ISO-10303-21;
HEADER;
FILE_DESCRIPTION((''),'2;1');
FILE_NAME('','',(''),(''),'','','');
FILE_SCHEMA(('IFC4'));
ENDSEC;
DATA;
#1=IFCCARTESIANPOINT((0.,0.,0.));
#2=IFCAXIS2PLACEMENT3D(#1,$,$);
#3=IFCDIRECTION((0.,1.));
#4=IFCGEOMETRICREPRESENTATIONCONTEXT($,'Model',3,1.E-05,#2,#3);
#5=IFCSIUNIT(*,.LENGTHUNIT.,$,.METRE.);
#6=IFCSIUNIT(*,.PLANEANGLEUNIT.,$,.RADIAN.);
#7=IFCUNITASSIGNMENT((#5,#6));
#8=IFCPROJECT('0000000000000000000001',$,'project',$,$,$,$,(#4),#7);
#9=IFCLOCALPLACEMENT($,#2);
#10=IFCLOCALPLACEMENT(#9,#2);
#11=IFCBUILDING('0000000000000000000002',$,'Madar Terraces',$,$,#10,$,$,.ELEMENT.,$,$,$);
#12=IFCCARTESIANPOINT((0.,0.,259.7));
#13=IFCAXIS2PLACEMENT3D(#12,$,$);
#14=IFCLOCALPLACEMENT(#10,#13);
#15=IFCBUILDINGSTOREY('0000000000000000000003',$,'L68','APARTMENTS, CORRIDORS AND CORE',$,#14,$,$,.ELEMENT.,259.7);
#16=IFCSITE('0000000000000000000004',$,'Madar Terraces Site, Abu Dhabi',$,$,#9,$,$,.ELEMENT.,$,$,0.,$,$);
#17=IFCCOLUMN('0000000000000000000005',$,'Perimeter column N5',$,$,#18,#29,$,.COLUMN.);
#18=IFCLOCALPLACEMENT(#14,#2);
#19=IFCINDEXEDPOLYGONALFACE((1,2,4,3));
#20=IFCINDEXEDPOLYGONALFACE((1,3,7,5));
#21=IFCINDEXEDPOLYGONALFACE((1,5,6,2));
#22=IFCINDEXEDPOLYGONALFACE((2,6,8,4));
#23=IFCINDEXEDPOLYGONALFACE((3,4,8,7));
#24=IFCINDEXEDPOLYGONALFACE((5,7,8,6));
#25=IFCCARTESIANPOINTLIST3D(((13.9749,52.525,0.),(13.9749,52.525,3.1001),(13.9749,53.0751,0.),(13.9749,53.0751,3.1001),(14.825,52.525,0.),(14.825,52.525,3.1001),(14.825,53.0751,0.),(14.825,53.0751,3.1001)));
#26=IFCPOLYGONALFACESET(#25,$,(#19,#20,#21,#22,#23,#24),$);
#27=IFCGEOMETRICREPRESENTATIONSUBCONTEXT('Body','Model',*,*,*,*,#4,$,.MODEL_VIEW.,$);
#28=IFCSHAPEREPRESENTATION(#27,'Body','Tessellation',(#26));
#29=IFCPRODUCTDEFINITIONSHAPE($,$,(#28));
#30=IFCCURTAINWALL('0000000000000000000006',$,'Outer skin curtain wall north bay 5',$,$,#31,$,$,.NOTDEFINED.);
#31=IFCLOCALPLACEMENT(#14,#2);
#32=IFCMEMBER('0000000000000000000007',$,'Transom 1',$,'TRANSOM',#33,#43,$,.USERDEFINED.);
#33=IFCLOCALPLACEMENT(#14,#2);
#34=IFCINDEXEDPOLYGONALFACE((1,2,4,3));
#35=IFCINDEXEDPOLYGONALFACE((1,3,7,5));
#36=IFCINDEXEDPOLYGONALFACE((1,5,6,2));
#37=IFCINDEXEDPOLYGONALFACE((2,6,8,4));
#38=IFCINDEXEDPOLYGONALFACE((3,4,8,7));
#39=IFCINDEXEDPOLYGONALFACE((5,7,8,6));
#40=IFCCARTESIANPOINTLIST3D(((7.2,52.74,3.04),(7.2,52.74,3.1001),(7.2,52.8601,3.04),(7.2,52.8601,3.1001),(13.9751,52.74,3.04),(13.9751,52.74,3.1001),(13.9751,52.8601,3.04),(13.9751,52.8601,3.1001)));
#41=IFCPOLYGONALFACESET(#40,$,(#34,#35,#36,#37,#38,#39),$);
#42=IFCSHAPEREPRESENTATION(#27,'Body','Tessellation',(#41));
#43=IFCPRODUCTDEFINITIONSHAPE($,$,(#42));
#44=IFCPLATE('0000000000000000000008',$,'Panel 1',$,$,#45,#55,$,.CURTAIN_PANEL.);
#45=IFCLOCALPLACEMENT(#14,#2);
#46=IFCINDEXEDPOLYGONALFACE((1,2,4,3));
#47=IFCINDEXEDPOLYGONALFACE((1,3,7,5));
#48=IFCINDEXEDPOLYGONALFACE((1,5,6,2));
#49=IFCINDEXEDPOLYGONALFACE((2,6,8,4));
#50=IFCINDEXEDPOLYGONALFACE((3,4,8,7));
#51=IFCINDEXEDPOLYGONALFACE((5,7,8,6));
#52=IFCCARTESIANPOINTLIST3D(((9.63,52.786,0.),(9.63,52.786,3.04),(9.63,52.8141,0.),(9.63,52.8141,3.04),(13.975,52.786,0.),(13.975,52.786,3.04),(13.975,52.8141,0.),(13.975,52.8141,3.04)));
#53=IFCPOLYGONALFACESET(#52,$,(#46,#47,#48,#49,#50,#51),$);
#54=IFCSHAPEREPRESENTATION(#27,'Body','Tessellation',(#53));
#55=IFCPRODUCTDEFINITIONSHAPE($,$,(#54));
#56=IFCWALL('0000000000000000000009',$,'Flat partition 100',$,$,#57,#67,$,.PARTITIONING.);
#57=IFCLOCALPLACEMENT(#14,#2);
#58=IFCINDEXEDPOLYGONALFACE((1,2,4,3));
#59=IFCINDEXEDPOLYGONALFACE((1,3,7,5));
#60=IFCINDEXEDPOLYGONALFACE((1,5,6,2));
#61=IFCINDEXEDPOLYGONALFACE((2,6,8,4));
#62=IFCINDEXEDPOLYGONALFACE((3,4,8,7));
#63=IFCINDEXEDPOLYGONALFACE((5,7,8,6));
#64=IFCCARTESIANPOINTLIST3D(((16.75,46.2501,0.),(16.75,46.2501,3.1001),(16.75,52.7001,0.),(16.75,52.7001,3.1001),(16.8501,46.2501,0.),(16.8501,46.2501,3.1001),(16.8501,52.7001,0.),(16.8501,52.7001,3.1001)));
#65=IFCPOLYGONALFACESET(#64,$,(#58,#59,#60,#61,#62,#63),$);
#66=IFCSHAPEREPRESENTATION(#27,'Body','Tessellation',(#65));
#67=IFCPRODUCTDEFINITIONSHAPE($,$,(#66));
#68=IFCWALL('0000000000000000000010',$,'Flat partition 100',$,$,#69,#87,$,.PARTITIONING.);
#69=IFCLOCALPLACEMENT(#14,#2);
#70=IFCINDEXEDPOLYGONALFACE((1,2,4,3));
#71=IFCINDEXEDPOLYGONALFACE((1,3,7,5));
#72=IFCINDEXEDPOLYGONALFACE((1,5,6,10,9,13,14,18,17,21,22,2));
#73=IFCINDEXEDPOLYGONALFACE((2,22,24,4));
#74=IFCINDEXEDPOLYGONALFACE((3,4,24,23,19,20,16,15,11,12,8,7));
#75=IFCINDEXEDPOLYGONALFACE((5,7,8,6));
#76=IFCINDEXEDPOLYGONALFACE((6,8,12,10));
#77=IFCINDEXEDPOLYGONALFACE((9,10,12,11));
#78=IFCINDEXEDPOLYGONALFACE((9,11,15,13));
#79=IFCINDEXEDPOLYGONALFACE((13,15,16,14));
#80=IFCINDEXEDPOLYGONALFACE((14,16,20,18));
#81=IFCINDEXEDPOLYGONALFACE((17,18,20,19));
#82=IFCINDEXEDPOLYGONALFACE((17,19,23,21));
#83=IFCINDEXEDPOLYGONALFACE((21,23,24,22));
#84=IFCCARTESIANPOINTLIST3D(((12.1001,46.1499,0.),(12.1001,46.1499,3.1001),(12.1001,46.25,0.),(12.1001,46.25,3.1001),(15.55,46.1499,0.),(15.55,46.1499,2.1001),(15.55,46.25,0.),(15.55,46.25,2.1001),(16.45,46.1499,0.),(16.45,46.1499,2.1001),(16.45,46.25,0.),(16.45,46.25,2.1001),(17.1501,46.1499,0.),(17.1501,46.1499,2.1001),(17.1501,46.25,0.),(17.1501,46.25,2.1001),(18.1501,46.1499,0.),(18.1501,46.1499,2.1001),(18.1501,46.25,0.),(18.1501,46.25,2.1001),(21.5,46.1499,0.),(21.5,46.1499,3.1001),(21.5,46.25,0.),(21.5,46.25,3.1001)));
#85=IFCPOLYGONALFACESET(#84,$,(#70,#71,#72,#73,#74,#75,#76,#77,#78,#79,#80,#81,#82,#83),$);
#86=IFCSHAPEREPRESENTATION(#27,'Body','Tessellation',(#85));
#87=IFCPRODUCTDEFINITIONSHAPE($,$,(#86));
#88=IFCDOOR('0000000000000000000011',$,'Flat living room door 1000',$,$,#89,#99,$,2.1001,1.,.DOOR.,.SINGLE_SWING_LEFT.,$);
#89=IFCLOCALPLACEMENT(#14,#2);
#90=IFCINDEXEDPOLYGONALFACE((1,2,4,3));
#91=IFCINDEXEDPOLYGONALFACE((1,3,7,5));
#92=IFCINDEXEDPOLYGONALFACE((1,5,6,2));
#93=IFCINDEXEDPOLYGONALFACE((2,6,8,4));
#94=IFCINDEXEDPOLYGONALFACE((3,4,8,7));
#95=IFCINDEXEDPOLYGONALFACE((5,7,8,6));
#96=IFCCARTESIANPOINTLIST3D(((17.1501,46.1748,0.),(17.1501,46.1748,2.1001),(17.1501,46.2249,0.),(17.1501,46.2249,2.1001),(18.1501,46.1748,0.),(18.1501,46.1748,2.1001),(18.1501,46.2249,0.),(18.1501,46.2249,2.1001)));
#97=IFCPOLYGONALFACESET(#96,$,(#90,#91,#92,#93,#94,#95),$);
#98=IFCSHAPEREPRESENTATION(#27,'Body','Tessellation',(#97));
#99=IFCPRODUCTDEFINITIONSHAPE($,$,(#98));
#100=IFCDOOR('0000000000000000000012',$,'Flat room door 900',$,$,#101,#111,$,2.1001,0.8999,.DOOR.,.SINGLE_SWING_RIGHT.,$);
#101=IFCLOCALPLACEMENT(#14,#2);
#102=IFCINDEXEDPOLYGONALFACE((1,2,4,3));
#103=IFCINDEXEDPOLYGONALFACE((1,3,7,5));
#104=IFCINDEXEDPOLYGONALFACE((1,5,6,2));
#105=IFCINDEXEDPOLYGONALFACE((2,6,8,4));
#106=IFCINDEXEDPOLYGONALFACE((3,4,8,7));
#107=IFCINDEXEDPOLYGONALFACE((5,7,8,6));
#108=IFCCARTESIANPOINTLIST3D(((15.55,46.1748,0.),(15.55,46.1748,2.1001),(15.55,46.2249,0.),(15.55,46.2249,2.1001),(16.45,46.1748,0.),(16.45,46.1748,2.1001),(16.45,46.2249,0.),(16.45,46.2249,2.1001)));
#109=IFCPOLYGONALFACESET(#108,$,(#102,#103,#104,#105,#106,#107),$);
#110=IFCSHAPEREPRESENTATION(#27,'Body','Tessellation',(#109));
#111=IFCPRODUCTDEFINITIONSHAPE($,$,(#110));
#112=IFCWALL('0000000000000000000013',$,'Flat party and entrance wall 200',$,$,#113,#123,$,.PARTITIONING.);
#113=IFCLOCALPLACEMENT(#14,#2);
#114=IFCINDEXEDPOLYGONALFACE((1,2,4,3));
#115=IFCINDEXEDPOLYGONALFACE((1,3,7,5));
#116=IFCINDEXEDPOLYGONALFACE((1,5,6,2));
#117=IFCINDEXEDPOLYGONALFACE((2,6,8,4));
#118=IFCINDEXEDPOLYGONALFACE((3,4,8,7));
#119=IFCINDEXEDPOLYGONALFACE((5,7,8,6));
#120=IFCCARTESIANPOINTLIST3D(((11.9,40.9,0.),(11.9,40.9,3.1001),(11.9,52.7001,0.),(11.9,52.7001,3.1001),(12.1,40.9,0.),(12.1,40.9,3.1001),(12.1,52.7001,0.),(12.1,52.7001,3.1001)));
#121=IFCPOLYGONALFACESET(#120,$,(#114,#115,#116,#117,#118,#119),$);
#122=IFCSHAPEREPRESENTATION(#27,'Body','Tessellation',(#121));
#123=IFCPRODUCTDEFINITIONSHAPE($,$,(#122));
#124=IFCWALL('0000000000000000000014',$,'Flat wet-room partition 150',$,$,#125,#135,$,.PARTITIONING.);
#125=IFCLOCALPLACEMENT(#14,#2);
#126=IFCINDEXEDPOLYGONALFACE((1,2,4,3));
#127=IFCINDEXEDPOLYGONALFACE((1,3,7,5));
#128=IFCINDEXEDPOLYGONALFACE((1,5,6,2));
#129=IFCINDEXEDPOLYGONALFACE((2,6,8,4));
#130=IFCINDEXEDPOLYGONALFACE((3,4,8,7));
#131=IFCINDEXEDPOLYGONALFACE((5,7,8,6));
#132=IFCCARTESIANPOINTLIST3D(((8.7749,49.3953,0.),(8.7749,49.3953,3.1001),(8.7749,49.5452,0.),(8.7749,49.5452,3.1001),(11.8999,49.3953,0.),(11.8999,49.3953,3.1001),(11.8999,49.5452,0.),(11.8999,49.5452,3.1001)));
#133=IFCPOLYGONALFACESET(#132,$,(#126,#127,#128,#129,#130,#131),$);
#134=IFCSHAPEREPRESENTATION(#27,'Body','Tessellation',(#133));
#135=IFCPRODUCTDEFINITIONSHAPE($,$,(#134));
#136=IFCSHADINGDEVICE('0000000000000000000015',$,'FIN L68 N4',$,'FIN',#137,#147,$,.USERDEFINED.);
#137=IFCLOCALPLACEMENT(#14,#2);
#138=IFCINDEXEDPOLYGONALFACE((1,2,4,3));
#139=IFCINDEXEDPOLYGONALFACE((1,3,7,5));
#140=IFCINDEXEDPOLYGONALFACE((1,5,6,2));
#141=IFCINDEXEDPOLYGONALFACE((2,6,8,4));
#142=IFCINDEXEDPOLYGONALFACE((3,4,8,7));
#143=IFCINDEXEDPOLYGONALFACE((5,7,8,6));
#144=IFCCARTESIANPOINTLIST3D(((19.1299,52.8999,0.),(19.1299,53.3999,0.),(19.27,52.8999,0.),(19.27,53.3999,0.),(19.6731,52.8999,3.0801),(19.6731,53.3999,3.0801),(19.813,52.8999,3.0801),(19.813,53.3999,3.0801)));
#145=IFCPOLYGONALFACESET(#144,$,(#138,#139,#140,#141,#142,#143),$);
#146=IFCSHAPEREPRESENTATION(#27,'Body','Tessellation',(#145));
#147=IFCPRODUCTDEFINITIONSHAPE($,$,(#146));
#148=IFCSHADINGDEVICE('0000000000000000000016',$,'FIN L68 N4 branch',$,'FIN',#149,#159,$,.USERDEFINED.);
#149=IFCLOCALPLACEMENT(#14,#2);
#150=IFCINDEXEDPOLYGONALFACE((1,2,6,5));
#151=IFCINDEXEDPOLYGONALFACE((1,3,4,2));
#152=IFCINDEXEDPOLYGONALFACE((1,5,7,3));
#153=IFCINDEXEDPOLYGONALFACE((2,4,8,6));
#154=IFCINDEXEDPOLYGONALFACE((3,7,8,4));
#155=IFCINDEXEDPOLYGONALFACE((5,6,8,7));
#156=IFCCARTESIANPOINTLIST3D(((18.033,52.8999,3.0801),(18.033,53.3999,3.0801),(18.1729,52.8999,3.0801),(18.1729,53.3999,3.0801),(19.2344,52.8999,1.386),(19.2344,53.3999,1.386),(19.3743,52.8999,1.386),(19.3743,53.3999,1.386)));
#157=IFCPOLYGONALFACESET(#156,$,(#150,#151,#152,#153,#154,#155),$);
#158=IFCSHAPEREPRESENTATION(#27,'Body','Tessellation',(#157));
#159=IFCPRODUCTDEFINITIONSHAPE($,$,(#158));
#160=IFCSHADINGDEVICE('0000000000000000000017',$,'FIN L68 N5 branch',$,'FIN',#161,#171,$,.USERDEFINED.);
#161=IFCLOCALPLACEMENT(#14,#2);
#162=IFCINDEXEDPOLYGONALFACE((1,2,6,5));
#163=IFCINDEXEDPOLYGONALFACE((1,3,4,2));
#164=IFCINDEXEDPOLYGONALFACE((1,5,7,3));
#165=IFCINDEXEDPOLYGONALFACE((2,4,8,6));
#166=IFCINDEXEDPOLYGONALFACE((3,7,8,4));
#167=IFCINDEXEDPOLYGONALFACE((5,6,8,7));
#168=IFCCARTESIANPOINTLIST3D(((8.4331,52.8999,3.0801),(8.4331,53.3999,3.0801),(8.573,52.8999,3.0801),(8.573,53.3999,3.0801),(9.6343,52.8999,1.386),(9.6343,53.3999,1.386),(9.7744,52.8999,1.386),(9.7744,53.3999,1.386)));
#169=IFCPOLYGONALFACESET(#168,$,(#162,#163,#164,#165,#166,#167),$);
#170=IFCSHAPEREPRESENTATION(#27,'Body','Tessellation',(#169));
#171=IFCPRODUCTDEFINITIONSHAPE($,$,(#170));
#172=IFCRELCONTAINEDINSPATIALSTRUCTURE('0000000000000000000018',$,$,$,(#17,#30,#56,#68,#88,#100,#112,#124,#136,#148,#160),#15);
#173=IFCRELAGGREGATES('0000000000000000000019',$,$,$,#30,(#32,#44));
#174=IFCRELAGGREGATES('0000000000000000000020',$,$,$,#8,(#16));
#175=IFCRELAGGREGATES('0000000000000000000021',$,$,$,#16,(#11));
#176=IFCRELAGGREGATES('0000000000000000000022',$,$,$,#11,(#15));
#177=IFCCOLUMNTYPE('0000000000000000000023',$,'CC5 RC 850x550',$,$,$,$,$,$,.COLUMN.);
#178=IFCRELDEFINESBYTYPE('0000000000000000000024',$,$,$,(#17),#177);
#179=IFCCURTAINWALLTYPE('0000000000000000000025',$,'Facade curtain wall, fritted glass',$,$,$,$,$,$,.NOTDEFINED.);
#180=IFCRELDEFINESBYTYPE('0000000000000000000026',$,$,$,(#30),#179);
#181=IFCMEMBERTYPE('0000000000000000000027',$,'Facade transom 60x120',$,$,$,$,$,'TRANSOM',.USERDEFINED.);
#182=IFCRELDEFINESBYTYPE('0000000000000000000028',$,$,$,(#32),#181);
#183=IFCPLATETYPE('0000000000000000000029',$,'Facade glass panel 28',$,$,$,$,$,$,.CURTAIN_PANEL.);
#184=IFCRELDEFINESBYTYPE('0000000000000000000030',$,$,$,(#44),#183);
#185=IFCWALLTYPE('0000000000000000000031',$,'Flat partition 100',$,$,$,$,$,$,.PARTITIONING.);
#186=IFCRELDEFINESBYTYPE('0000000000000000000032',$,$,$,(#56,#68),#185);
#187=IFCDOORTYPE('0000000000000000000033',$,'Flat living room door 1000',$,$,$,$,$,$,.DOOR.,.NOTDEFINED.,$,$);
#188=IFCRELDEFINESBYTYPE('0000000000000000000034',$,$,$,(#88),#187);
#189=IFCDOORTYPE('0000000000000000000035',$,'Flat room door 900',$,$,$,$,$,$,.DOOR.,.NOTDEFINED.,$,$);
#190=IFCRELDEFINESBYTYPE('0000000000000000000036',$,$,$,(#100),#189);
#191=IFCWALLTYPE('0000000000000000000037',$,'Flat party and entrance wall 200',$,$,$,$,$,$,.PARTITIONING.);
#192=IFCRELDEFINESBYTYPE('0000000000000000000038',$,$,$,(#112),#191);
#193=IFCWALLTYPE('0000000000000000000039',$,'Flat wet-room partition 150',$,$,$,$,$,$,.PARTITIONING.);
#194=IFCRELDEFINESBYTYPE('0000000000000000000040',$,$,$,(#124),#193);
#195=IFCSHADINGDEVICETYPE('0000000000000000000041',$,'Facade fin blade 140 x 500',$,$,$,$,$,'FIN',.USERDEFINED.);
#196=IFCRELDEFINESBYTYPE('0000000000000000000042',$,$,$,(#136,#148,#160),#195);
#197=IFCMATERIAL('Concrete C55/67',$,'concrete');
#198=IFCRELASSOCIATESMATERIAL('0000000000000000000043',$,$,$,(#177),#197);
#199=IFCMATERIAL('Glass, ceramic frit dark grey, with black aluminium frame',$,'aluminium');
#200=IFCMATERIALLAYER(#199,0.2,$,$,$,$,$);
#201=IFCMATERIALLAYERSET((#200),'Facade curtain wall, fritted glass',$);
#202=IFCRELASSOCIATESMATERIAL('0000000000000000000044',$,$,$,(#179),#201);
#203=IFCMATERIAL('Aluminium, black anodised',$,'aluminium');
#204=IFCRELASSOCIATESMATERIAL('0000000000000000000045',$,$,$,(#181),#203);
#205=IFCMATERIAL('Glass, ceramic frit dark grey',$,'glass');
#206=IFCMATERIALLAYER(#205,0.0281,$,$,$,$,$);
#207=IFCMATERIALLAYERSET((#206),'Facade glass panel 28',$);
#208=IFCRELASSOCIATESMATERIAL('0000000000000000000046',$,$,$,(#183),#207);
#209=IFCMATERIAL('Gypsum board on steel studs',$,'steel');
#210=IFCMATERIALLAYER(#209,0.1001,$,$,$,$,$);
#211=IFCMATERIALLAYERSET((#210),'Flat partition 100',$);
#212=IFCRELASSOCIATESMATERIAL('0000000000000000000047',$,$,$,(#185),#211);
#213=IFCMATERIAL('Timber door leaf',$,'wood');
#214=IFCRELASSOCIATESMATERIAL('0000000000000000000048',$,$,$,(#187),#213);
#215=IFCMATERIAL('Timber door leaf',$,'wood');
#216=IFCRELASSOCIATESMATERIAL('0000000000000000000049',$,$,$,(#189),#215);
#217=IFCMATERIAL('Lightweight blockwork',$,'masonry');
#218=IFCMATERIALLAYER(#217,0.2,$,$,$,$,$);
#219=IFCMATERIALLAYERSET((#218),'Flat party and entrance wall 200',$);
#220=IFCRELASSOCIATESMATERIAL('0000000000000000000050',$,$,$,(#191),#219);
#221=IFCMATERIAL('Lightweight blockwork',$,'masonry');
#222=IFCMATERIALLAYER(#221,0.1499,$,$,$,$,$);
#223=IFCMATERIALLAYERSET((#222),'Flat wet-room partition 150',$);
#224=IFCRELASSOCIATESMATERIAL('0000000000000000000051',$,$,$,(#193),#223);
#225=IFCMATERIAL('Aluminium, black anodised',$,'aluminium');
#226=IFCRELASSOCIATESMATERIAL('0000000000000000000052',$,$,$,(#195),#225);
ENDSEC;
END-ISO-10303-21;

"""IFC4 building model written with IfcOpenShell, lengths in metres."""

from ifc_helpers import new_model, si_unit, direction, frame, frame_2d, origin, origin_2d, place, context, subcontext, project, spatial, polyline, rectangle, outline, extrude, material, layer, layer_set, material_profile, profile_set, type_object, element, fill, aggregate, save


model = new_model("IFC4")

# Units and contexts
model_context = context("Model", 3, precision=1e-05, world=origin(), true_north=direction((0.0, 1.0)))
body_context = subcontext(model_context, "Body", "Model", "MODEL_VIEW")
ifc_project = project(units=[si_unit("LENGTHUNIT", "METRE"), si_unit("PLANEANGLEUNIT", "RADIAN")], contexts=[model_context])

# Site, building, storey
site_placement = place(None, origin())
site = spatial("IfcSite", under=ifc_project, at=site_placement, Name="Madar Terraces Site, Abu Dhabi", CompositionType="ELEMENT", RefElevation=0.0)
building_placement = place(site_placement, origin())
building = spatial("IfcBuilding", under=site, at=building_placement, Name="Madar Terraces", CompositionType="ELEMENT")
storey_placement = place(building_placement, frame((0.0, 0.0, 259.7)))
storey = spatial("IfcBuildingStorey", under=building, at=storey_placement, Name="L68", Description="APARTMENTS, CORRIDORS AND CORE", CompositionType="ELEMENT", Elevation=259.7)

# Column
ifc_material_1 = material(Name="Concrete C55/67", Category="concrete")
ifc_material_profile_1 = material_profile(ifc_material_1, rectangle(XDim=0.8501, YDim=0.55, at=origin_2d()), Name="CC5 RC 850x550")
ifc_profile_set_1 = profile_set([ifc_material_profile_1], Name="Concrete C55/67")
column_type = type_object("IfcColumnType", Name="CC5 RC 850x550", PredefinedType="COLUMN", material=ifc_profile_set_1)
column_placement = place(storey_placement, frame((14.3999, 52.8, 0.0), z_axis=(0.0, 0.0, 1.0), x_axis=(1.0, 0.0, 0.0)))
element("IfcColumn", 1, at=column_placement, inside=storey, type_object=column_type, Name="Perimeter column N5", PredefinedType="COLUMN", context=body_context, shape_type="SweptSolid", body=[
    extrude(rectangle(XDim=0.8501, YDim=0.55, at=origin_2d()), origin(), (0.0, 0.0, 1.0), 3.1001),
])

# Curtain wall, member, plate
ifc_material_2 = material(Name="Glass, ceramic frit dark grey, with black aluminium frame", Category="aluminium")
ifc_layer_1 = layer(ifc_material_2, 0.2)
ifc_layer_set_1 = layer_set([ifc_layer_1], Name="Facade curtain wall, fritted glass")
curtain_wall_type = type_object("IfcCurtainWallType", Name="Facade curtain wall, fritted glass", PredefinedType="NOTDEFINED", material=ifc_layer_set_1)
curtain_wall_placement = place(storey_placement, origin())
curtain_wall = element("IfcCurtainWall", 2, at=curtain_wall_placement, inside=storey, type_object=curtain_wall_type, Name="Outer skin curtain wall north bay 5", PredefinedType="NOTDEFINED")
ifc_material_3 = material(Name="Aluminium, black anodised", Category="aluminium")
ifc_material_profile_2 = material_profile(ifc_material_3, rectangle(XDim=0.1201, YDim=0.0601, at=origin_2d()), Name="Facade transom 60x120")
ifc_profile_set_2 = profile_set([ifc_material_profile_2], Name="Aluminium, black anodised")
member_type = type_object("IfcMemberType", Name="Facade transom 60x120", ElementType="TRANSOM", PredefinedType="USERDEFINED", material=ifc_profile_set_2)
member_placement = place(storey_placement, frame((13.9751, 52.8, 3.0701), z_axis=(-1.0, 0.0, 0.0), x_axis=(0.0, -1.0, 0.0)))
member = element("IfcMember", 3, at=member_placement, type_object=member_type, Name="Transom 1", ObjectType="TRANSOM", PredefinedType="USERDEFINED", context=body_context, shape_type="SweptSolid", body=[
    extrude(rectangle(XDim=0.1201, YDim=0.0601, at=origin_2d()), origin(), (0.0, 0.0, 1.0), 6.7751),
])
ifc_material_4 = material(Name="Glass, ceramic frit dark grey", Category="glass")
ifc_layer_2 = layer(ifc_material_4, 0.0281)
ifc_layer_set_2 = layer_set([ifc_layer_2], Name="Facade glass panel 28")
plate_type = type_object("IfcPlateType", Name="Facade glass panel 28", PredefinedType="CURTAIN_PANEL", material=ifc_layer_set_2)
plate_placement = place(storey_placement, frame((11.8025, 52.8, 0.0), z_axis=(0.0, 0.0, 1.0), x_axis=(-1.0, 0.0, 0.0)))
plate = element("IfcPlate", 4, at=plate_placement, type_object=plate_type, Name="Panel 1", PredefinedType="CURTAIN_PANEL", context=body_context, shape_type="SweptSolid", body=[
    extrude(rectangle(XDim=4.345, YDim=0.0281, at=origin_2d()), origin(), (0.0, 0.0, 1.0), 3.04),
])
aggregate(curtain_wall, [member, plate])

# Wall
ifc_material_5 = material(Name="Gypsum board on steel studs", Category="steel")
ifc_layer_3 = layer(ifc_material_5, 0.1001)
ifc_layer_set_3 = layer_set([ifc_layer_3], Name="Flat partition 100")
wall_type_1 = type_object("IfcWallType", Name="Flat partition 100", PredefinedType="PARTITIONING", material=ifc_layer_set_3)
wall_1_placement = place(storey_placement, frame((16.8, 46.25, 0.0), z_axis=(0.0, 0.0, 1.0), x_axis=(0.0, 1.0, 0.0)))
element("IfcWall", 5, at=wall_1_placement, inside=storey, type_object=wall_type_1, Name="Flat partition 100", PredefinedType="PARTITIONING", context=body_context, shape_type="SweptSolid", body=[
    extrude(rectangle(XDim=6.45, YDim=0.1001, at=frame_2d((3.2251, 0.0))), origin(), (0.0, 0.0, 1.0), 3.1001),
])

# Wall, openings, doors
wall_2_placement = place(storey_placement, frame((12.1001, 46.2, 0.0), z_axis=(0.0, 0.0, 1.0), x_axis=(1.0, 0.0, 0.0)))
wall_2 = element("IfcWall", 6, at=wall_2_placement, inside=storey, type_object=wall_type_1, Name="Flat partition 100", PredefinedType="PARTITIONING", context=body_context, shape_type="SweptSolid", body=[
    extrude(rectangle(XDim=9.3999, YDim=0.1001, at=frame_2d((4.7, 0.0))), origin(), (0.0, 0.0, 1.0), 3.1001),
])
opening_1_placement = place(wall_2_placement, frame((5.05, 0.0, 0.0)))
opening_1 = element("IfcOpeningElement", 7, at=opening_1_placement, cuts=wall_2, PredefinedType="OPENING", context=body_context, shape_type="SweptSolid", body=[
    extrude(rectangle(XDim=1.0, YDim=2.1001, at=frame_2d((0.5, 1.05))), frame((0.0, 0.0601, 0.0), z_axis=(0.0, -1.0, 0.0), x_axis=(1.0, 0.0, 0.0)), (0.0, 0.0, 1.0), 0.1201),
])
opening_2_placement = place(wall_2_placement, frame((3.45, 0.0, 0.0)))
opening_2 = element("IfcOpeningElement", 8, at=opening_2_placement, cuts=wall_2, PredefinedType="OPENING", context=body_context, shape_type="SweptSolid", body=[
    extrude(rectangle(XDim=0.8999, YDim=2.1001, at=frame_2d((0.45, 1.05))), frame((0.0, 0.0601, 0.0), z_axis=(0.0, -1.0, 0.0), x_axis=(1.0, 0.0, 0.0)), (0.0, 0.0, 1.0), 0.1201),
])
ifc_material_6 = material(Name="Timber door leaf", Category="wood")
door_type_1 = type_object("IfcDoorType", Name="Flat living room door 1000", OperationType="NOTDEFINED", PredefinedType="DOOR", material=ifc_material_6)
door_1_placement = place(opening_1_placement, origin())
door_1 = element("IfcDoor", 9, at=door_1_placement, inside=storey, type_object=door_type_1, Name="Flat living room door 1000", OperationType="SINGLE_SWING_LEFT", OverallHeight=2.1001, OverallWidth=1.0, PredefinedType="DOOR", context=body_context, shape_type="SweptSolid", body=[
    extrude(rectangle(XDim=1.0, YDim=2.1001, at=frame_2d((0.5, 1.05))), frame((0.0, 0.0249, 0.0), z_axis=(0.0, -1.0, 0.0), x_axis=(1.0, 0.0, 0.0)), (0.0, 0.0, 1.0), 0.05),
])
fill(opening_1, door_1)
ifc_material_7 = material(Name="Timber door leaf", Category="wood")
door_type_2 = type_object("IfcDoorType", Name="Flat room door 900", OperationType="NOTDEFINED", PredefinedType="DOOR", material=ifc_material_7)
door_2_placement = place(opening_2_placement, origin())
door_2 = element("IfcDoor", 10, at=door_2_placement, inside=storey, type_object=door_type_2, Name="Flat room door 900", OperationType="SINGLE_SWING_RIGHT", OverallHeight=2.1001, OverallWidth=0.8999, PredefinedType="DOOR", context=body_context, shape_type="SweptSolid", body=[
    extrude(rectangle(XDim=0.8999, YDim=2.1001, at=frame_2d((0.45, 1.05))), frame((0.0, 0.0249, 0.0), z_axis=(0.0, -1.0, 0.0), x_axis=(1.0, 0.0, 0.0)), (0.0, 0.0, 1.0), 0.05),
])
fill(opening_2, door_2)

# Walls
ifc_material_8 = material(Name="Lightweight blockwork", Category="masonry")
ifc_layer_4 = layer(ifc_material_8, 0.2)
ifc_layer_set_4 = layer_set([ifc_layer_4], Name="Flat party and entrance wall 200")
wall_type_2 = type_object("IfcWallType", Name="Flat party and entrance wall 200", PredefinedType="PARTITIONING", material=ifc_layer_set_4)
wall_3_placement = place(storey_placement, frame((12.0, 52.7, 0.0), z_axis=(0.0, 0.0, 1.0), x_axis=(0.0, -1.0, 0.0)))
element("IfcWall", 11, at=wall_3_placement, inside=storey, type_object=wall_type_2, Name="Flat party and entrance wall 200", PredefinedType="PARTITIONING", context=body_context, shape_type="SweptSolid", body=[
    extrude(rectangle(XDim=11.8, YDim=0.2, at=frame_2d((5.8999, 0.0))), origin(), (0.0, 0.0, 1.0), 3.1001),
])
ifc_material_9 = material(Name="Lightweight blockwork", Category="masonry")
ifc_layer_5 = layer(ifc_material_9, 0.1499)
ifc_layer_set_5 = layer_set([ifc_layer_5], Name="Flat wet-room partition 150")
wall_type_3 = type_object("IfcWallType", Name="Flat wet-room partition 150", PredefinedType="PARTITIONING", material=ifc_layer_set_5)
wall_4_placement = place(storey_placement, frame((11.8999, 49.4702, 0.0), z_axis=(0.0, 0.0, 1.0), x_axis=(-1.0, 0.0, 0.0)))
element("IfcWall", 12, at=wall_4_placement, inside=storey, type_object=wall_type_3, Name="Flat wet-room partition 150", PredefinedType="PARTITIONING", context=body_context, shape_type="SweptSolid", body=[
    extrude(rectangle(XDim=3.125, YDim=0.1499, at=frame_2d((1.5625, 0.0))), origin(), (0.0, 0.0, 1.0), 3.1001),
])

# Shading devices
ifc_material_10 = material(Name="Aluminium, black anodised", Category="aluminium")
shading_device_type = type_object("IfcShadingDeviceType", Name="Facade fin blade 140 x 500", ElementType="FIN", PredefinedType="USERDEFINED", material=ifc_material_10)
shading_device_1_placement = place(storey_placement, frame((19.27, 53.1499, 0.0), z_axis=(0.0, 0.0, 1.0), x_axis=(-1.0, 0.0, 0.0)))
element("IfcShadingDevice", 13, at=shading_device_1_placement, inside=storey, type_object=shading_device_type, Name="FIN L68 N4", ObjectType="FIN", PredefinedType="USERDEFINED", context=body_context, shape_type="SweptSolid", body=[
    extrude(outline(polyline([(0.0, 0.0), (0.1401, 0.0), (-0.4031, 3.0801), (-0.543, 3.0801), (0.0, 0.0)])), frame((0.0, 0.25, 0.0), z_axis=(0.0, -1.0, 0.0), x_axis=(1.0, 0.0, 0.0)), (0.0, 0.0, 1.0), 0.5),
])
shading_device_2_placement = place(storey_placement, frame((19.3743, 53.1499, 1.386), z_axis=(0.0, 0.0, 1.0), x_axis=(-1.0, 0.0, 0.0)))
element("IfcShadingDevice", 14, at=shading_device_2_placement, inside=storey, type_object=shading_device_type, Name="FIN L68 N4 branch", ObjectType="FIN", PredefinedType="USERDEFINED", context=body_context, shape_type="SweptSolid", body=[
    extrude(outline(polyline([(0.0, 0.0), (0.1399, 0.0), (1.3413, 1.6941), (1.2014, 1.6941), (0.0, 0.0)])), frame((0.0, 0.25, 0.0), z_axis=(0.0, -1.0, 0.0), x_axis=(1.0, 0.0, 0.0)), (0.0, 0.0, 1.0), 0.5),
])
shading_device_3_placement = place(storey_placement, frame((9.7744, 53.1499, 1.386), z_axis=(0.0, 0.0, 1.0), x_axis=(-1.0, 0.0, 0.0)))
element("IfcShadingDevice", 15, at=shading_device_3_placement, inside=storey, type_object=shading_device_type, Name="FIN L68 N5 branch", ObjectType="FIN", PredefinedType="USERDEFINED", context=body_context, shape_type="SweptSolid", body=[
    extrude(outline(polyline([(0.0, 0.0), (0.1401, 0.0), (1.3413, 1.6941), (1.2014, 1.6941), (0.0, 0.0)])), frame((0.0, 0.25, 0.0), z_axis=(0.0, -1.0, 0.0), x_axis=(1.0, 0.0, 0.0)), (0.0, 0.0, 1.0), 0.5),
])

save(model, "model.ifc")
